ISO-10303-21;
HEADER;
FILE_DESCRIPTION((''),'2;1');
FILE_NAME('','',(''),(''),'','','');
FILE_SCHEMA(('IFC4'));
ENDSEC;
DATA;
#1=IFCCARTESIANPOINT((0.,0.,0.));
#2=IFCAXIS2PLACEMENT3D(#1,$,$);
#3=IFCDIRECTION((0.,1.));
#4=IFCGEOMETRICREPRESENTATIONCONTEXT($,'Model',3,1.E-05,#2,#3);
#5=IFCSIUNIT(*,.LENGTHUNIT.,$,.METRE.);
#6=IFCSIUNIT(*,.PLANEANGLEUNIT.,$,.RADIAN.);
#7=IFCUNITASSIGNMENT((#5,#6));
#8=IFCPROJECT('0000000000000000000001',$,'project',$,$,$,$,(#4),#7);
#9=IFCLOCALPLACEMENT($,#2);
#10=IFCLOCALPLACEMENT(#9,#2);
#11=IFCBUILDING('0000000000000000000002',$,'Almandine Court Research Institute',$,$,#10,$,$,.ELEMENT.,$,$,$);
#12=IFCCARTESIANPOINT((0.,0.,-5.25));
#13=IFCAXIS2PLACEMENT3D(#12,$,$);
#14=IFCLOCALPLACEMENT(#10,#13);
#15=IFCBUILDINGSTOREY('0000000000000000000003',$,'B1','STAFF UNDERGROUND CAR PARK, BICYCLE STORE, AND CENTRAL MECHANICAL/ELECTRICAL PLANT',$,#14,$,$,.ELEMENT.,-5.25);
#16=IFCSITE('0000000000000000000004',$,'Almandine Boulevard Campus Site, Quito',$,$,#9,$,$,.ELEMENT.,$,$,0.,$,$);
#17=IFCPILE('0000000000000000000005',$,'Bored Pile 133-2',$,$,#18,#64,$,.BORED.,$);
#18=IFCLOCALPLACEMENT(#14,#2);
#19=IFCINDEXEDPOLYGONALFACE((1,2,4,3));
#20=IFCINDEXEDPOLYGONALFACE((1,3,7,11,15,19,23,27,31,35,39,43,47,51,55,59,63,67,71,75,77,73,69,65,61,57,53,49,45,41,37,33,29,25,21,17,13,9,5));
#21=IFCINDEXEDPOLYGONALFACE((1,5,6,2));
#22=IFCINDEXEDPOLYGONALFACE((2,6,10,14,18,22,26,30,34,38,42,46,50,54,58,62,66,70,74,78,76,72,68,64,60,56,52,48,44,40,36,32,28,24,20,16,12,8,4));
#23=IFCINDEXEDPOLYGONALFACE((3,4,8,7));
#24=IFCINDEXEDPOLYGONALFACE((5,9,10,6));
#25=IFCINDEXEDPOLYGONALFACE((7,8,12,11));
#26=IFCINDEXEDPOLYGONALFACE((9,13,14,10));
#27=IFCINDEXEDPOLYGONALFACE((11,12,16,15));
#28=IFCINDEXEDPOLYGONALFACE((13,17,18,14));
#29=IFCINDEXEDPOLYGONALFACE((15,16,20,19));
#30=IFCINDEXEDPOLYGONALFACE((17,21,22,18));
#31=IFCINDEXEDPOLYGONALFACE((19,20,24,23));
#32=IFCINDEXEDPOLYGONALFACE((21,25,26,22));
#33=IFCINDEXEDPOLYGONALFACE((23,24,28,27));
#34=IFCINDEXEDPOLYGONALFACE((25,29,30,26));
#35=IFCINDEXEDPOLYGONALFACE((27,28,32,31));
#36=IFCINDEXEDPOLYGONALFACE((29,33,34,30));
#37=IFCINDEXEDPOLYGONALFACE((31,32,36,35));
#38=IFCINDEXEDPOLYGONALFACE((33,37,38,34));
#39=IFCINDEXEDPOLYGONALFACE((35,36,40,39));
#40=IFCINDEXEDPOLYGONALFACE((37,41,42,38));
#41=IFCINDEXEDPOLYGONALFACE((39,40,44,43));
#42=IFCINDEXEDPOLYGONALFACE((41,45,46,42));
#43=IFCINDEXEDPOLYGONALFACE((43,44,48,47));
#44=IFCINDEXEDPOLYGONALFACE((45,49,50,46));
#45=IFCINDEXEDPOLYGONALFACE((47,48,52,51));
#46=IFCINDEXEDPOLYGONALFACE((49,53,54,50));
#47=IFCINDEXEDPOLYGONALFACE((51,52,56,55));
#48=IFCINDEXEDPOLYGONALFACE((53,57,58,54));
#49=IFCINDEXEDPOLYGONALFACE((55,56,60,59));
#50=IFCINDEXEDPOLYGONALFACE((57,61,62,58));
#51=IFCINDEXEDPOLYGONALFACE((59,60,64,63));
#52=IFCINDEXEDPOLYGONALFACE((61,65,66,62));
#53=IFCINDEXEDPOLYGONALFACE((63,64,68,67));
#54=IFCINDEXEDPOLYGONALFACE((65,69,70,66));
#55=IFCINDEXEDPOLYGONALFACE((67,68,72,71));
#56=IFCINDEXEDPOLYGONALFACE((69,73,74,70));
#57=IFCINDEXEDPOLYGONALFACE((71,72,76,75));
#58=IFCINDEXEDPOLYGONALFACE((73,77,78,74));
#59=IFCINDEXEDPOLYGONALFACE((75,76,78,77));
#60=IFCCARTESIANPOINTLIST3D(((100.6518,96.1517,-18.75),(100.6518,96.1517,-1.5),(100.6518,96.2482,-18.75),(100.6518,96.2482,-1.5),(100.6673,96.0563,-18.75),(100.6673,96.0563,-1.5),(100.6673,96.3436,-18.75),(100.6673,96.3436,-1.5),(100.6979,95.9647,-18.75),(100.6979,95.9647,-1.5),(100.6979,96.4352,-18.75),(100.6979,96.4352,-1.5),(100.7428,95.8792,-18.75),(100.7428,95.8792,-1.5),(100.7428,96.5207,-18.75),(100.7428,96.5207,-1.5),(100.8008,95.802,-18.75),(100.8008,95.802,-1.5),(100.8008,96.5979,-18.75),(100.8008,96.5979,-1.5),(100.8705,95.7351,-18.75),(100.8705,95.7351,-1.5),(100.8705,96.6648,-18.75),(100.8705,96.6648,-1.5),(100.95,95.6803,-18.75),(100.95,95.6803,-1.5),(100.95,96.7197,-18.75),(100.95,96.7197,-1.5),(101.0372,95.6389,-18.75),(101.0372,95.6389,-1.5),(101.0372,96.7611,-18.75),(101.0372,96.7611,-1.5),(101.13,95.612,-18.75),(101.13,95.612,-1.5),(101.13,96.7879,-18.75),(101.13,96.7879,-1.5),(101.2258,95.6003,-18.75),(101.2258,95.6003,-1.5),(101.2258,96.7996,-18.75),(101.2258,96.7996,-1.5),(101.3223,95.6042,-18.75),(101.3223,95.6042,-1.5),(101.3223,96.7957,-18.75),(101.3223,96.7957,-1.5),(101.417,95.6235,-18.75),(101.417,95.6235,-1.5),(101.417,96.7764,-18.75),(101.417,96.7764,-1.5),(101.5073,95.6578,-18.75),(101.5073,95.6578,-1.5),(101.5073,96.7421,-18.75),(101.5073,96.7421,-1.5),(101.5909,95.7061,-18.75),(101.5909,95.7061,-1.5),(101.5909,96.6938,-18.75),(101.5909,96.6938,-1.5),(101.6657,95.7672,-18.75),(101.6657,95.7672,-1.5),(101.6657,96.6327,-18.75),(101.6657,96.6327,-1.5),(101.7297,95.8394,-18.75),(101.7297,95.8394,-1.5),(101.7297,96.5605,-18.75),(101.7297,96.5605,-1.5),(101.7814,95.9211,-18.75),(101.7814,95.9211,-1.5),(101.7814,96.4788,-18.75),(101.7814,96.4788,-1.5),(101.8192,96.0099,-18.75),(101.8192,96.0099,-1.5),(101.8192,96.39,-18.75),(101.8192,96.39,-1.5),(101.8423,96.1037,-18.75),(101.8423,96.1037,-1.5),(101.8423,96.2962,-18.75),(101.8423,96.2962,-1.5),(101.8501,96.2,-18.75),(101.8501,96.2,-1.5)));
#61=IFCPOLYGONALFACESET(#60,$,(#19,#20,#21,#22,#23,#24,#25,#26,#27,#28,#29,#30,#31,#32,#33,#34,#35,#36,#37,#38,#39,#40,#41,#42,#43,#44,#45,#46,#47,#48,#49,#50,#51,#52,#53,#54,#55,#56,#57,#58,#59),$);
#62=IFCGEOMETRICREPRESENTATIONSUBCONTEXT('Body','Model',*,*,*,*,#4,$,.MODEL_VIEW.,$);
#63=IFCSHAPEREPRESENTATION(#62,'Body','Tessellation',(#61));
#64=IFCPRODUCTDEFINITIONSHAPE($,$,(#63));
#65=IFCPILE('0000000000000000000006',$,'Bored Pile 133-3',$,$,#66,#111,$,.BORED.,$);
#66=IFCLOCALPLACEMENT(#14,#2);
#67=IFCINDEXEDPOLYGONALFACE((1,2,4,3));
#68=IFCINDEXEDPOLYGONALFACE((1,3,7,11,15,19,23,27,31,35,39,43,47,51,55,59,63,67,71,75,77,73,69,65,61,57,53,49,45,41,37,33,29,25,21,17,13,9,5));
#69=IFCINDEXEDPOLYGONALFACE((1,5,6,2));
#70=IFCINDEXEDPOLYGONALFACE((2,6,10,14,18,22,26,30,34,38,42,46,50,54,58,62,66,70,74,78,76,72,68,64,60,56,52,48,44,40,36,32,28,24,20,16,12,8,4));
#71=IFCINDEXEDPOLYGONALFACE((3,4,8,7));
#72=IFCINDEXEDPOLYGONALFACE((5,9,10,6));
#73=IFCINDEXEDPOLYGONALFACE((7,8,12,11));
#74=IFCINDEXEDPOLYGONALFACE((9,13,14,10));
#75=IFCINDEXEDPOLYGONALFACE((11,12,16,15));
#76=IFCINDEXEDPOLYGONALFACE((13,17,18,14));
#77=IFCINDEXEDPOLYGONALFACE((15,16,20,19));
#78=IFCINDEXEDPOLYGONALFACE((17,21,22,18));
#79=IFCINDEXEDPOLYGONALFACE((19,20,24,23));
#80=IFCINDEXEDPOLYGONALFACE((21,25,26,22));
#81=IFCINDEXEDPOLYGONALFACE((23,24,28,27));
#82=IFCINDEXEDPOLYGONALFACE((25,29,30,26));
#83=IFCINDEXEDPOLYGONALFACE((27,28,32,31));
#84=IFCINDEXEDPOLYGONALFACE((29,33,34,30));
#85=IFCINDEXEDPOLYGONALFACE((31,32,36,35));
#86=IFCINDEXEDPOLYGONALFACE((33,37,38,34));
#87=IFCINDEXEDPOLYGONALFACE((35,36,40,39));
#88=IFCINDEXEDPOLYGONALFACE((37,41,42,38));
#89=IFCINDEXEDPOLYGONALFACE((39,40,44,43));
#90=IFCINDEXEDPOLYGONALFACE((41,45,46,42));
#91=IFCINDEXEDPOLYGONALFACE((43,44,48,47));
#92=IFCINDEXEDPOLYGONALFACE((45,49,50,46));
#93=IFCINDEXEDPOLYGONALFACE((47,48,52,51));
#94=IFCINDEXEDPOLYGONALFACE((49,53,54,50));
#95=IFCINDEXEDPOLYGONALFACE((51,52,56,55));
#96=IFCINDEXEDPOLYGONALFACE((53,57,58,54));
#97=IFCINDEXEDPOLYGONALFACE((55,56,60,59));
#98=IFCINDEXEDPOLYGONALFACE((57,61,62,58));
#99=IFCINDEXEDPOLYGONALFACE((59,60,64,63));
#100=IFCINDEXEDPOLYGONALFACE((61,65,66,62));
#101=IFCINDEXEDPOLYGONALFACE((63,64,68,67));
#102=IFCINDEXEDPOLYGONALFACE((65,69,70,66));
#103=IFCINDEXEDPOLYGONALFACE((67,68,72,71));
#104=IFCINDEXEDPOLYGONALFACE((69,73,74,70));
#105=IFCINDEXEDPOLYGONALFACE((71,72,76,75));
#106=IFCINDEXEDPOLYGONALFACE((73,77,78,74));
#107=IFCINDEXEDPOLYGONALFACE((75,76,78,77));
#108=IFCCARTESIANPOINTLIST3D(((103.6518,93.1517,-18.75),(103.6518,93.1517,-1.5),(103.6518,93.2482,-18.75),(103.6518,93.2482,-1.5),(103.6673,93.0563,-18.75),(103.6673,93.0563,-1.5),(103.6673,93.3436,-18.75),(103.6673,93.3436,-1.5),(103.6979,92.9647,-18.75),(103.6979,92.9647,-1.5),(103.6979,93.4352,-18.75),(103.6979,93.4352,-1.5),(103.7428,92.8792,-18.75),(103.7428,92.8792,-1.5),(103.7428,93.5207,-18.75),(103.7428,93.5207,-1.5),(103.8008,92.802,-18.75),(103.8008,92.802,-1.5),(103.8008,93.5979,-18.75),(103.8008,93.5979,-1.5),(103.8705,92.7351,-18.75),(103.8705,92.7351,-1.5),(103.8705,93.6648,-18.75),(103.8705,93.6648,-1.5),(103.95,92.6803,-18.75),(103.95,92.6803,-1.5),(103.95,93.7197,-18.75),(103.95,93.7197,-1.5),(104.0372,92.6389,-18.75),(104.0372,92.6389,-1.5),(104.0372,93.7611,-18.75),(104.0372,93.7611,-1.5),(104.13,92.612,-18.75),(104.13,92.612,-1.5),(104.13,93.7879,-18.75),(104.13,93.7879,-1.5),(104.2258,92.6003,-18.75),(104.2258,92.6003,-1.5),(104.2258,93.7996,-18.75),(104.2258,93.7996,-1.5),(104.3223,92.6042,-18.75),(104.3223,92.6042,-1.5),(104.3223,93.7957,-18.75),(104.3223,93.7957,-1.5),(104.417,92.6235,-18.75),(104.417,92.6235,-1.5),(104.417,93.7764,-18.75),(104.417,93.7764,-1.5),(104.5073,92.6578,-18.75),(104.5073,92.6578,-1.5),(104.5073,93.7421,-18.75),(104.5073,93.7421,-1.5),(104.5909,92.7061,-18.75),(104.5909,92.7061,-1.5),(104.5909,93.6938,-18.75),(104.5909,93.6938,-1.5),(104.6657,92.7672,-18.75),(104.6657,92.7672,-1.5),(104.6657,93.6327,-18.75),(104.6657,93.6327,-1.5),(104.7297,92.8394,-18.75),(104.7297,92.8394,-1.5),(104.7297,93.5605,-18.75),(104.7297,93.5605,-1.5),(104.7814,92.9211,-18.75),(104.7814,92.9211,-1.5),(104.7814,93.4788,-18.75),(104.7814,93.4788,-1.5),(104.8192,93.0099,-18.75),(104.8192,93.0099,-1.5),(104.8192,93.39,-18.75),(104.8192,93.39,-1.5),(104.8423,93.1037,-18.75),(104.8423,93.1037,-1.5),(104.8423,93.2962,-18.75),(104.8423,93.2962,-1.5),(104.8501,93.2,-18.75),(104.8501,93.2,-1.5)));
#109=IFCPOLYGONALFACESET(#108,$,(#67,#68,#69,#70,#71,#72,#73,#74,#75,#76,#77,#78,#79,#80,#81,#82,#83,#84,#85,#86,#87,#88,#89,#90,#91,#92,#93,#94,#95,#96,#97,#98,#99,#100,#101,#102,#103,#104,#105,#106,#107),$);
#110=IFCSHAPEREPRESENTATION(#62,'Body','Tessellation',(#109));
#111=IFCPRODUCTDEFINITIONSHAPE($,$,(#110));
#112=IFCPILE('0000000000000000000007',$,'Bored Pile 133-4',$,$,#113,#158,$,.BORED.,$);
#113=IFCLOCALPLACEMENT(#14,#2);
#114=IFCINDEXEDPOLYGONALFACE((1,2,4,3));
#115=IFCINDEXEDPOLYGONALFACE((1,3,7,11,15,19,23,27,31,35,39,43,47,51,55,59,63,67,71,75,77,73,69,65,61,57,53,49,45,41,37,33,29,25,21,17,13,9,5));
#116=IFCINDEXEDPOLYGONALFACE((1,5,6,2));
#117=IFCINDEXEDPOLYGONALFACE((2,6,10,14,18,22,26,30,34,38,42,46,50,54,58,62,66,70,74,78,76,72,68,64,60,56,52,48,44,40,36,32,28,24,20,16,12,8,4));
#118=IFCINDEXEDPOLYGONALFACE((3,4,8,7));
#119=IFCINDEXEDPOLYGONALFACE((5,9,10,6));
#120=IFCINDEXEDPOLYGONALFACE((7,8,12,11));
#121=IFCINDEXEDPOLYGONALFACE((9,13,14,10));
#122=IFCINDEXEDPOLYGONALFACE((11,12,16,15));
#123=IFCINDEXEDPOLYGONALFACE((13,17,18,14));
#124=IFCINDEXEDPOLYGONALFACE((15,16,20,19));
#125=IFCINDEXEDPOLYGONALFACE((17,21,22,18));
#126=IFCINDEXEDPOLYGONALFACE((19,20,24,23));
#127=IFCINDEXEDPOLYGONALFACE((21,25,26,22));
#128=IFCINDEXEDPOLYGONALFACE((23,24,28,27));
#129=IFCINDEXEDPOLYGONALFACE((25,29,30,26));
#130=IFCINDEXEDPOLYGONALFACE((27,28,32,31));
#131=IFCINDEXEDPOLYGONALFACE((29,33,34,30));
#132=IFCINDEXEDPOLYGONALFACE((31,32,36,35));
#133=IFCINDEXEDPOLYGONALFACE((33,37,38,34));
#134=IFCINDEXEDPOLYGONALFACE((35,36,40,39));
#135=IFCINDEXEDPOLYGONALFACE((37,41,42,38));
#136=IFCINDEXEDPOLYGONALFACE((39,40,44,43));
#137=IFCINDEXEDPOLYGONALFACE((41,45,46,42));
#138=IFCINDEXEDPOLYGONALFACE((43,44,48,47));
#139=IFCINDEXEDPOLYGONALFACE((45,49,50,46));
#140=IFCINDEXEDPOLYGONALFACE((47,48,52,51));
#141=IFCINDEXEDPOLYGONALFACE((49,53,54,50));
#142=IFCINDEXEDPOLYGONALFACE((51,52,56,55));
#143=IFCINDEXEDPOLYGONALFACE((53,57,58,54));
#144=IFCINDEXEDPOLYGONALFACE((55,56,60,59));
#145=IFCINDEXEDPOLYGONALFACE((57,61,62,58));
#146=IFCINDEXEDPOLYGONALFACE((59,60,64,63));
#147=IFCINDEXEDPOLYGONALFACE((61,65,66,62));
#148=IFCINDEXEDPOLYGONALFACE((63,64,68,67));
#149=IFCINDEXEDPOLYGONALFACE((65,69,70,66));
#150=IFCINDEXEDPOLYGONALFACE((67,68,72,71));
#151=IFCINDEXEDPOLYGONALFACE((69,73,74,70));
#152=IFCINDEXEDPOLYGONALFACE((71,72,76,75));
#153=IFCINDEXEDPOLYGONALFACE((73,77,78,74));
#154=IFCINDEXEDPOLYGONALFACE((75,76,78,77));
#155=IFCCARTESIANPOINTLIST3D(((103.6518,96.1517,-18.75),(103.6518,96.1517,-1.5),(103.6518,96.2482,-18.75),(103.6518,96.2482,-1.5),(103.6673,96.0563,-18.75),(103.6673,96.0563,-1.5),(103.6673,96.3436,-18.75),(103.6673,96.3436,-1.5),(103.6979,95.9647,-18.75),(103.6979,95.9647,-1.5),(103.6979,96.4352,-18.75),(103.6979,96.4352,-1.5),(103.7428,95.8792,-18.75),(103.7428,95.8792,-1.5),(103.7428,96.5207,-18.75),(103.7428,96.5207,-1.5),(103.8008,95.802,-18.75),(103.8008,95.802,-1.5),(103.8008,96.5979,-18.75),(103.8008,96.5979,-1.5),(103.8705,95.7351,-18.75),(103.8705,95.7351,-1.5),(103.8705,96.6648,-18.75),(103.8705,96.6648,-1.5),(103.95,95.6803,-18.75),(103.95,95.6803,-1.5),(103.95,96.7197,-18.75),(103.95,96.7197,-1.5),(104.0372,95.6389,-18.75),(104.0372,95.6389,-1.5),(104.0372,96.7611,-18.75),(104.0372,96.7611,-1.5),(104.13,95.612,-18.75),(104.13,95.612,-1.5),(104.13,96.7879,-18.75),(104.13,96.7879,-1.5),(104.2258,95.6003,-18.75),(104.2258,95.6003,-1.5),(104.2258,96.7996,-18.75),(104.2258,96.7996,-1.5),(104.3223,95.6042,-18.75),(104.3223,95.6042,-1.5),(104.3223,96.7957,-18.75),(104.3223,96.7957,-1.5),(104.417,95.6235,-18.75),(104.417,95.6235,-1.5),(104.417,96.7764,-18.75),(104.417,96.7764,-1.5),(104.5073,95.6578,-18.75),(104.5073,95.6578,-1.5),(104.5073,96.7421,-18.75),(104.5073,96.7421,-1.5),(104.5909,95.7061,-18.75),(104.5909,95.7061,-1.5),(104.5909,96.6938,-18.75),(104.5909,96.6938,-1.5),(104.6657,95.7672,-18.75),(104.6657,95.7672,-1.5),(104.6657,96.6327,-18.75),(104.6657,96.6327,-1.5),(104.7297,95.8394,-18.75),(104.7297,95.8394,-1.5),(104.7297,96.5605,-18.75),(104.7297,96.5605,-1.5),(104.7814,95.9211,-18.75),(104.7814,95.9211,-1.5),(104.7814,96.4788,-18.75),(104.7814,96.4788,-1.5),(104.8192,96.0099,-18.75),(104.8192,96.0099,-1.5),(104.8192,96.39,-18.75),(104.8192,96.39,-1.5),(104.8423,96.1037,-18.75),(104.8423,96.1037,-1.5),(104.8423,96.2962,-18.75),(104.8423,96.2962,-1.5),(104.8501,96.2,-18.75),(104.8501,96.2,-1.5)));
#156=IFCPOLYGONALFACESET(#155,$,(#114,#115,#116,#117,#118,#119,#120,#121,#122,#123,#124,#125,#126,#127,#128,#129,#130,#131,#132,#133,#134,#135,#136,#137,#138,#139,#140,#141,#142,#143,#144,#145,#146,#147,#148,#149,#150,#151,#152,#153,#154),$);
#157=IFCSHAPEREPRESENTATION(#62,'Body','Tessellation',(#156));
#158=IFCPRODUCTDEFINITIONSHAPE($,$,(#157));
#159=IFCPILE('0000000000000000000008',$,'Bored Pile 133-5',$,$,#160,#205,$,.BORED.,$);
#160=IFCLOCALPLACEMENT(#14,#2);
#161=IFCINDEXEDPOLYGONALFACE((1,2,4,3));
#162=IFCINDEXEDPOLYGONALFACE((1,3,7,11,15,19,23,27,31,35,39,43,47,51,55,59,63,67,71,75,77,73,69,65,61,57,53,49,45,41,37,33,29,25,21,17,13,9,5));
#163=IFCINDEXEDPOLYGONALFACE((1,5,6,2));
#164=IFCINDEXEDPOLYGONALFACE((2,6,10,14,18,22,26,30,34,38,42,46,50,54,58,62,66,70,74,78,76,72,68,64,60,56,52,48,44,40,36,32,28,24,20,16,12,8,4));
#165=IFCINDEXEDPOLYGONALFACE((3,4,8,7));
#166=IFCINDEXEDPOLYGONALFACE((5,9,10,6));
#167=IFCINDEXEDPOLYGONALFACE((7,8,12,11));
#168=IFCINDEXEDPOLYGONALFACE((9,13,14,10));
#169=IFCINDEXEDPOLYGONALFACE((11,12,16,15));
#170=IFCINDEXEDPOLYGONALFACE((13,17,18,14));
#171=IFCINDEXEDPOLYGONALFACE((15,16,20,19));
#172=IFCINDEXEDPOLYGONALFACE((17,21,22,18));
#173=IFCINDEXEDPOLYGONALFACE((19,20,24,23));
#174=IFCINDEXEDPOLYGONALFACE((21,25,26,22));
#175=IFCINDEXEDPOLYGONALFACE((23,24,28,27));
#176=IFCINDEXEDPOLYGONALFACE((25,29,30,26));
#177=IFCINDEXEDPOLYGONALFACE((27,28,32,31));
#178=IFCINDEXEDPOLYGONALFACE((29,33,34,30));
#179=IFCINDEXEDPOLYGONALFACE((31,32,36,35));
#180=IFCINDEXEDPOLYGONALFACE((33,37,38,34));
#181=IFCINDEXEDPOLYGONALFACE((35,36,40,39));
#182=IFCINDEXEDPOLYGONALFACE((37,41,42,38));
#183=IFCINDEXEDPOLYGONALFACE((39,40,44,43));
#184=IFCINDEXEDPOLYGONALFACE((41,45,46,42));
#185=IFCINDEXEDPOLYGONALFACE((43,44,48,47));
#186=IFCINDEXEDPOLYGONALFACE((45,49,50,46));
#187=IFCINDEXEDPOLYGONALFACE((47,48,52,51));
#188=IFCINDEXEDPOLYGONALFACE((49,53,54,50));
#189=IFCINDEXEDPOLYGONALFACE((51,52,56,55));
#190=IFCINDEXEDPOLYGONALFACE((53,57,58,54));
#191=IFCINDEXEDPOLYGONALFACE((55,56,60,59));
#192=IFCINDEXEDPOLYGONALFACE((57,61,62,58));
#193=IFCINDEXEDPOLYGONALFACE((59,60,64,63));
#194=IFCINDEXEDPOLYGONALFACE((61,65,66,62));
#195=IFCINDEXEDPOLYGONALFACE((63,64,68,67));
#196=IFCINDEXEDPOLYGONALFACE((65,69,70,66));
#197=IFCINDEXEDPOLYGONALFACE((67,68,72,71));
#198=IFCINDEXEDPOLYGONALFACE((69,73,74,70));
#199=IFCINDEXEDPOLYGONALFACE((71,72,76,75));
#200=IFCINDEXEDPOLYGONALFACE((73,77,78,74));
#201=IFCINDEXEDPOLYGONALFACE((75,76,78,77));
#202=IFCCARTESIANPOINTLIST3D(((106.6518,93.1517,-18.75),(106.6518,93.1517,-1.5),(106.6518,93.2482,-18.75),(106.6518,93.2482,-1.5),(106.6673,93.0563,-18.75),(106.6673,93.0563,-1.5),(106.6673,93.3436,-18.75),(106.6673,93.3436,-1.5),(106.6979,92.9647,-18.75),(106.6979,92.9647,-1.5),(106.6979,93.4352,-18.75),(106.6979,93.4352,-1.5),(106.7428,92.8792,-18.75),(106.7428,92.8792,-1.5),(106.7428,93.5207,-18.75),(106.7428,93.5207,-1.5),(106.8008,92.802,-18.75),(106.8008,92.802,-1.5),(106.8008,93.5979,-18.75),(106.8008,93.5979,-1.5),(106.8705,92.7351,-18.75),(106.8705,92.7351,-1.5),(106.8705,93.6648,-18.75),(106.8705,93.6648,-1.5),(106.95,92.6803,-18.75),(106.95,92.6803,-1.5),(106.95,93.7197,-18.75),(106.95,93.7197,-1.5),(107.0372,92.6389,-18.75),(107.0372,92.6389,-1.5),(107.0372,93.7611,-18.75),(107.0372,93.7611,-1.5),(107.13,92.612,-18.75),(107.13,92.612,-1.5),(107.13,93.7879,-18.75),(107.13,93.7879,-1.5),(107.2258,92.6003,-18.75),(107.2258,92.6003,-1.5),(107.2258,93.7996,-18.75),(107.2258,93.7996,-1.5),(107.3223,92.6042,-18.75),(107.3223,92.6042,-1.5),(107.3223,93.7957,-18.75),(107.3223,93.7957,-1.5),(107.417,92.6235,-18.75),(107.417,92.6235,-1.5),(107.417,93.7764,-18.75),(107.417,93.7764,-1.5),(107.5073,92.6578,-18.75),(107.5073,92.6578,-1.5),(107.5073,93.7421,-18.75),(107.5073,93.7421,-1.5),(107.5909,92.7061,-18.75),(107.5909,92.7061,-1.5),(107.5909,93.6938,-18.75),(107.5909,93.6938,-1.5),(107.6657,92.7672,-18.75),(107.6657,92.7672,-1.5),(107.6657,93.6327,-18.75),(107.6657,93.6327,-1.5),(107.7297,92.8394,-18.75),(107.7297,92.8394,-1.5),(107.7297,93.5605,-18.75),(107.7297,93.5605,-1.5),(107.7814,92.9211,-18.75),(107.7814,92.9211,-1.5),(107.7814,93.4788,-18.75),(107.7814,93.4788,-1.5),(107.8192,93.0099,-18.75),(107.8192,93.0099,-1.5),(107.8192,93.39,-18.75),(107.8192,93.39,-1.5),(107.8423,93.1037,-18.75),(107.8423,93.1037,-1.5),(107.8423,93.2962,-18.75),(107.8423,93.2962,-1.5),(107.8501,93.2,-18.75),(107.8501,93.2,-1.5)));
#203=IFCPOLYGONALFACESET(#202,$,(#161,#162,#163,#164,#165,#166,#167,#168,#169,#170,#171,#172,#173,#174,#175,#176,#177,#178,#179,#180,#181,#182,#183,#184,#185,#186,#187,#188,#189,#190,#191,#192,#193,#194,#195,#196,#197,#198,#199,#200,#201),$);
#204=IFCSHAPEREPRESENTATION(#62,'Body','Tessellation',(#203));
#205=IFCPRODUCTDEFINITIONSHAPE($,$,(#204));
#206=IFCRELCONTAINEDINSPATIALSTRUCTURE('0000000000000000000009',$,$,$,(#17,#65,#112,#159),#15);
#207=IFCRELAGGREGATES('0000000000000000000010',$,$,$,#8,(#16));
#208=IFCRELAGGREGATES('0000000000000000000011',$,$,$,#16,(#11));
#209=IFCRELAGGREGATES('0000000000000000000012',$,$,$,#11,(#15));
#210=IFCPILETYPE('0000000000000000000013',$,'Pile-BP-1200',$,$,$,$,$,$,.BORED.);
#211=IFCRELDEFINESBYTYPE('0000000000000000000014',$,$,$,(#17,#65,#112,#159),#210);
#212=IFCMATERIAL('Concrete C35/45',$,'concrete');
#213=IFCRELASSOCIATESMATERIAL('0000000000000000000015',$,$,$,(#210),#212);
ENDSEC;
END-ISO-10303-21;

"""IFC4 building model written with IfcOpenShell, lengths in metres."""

from ifc_helpers import new_model, si_unit, direction, frame, origin, origin_2d, place, context, subcontext, project, spatial, circle, extrude, material, material_profile, profile_set, type_object, element, save


model = new_model("IFC4")

# Units and contexts
model_context = context("Model", 3, precision=1e-05, world=origin(), true_north=direction((0.0, 1.0)))
body_context = subcontext(model_context, "Body", "Model", "MODEL_VIEW")
ifc_project = project(units=[si_unit("LENGTHUNIT", "METRE"), si_unit("PLANEANGLEUNIT", "RADIAN")], contexts=[model_context])

# Site, building, storey
site_placement = place(None, origin())
site = spatial("IfcSite", under=ifc_project, at=site_placement, Name="Almandine Boulevard Campus Site, Quito", CompositionType="ELEMENT", RefElevation=0.0)
building_placement = place(site_placement, origin())
building = spatial("IfcBuilding", under=site, at=building_placement, Name="Almandine Court Research Institute", CompositionType="ELEMENT")
storey_placement = place(building_placement, frame((0.0, 0.0, -5.25)))
storey = spatial("IfcBuildingStorey", under=building, at=storey_placement, Name="B1", Description="STAFF UNDERGROUND CAR PARK, BICYCLE STORE, AND CENTRAL MECHANICAL/ELECTRICAL PLANT", CompositionType="ELEMENT", Elevation=-5.25)

# Shared definitions
ifc_material_1 = material(Name="Concrete C35/45", Category="concrete")

# Piles
ifc_material_profile_1 = material_profile(ifc_material_1, circle(Radius=0.6001, at=origin_2d()), Name="BORED PILE D1200")
ifc_profile_set_1 = profile_set([ifc_material_profile_1], Name="Concrete C35/45")
pile_type_1 = type_object("IfcPileType", Name="Pile-BP-1200", PredefinedType="BORED", material=ifc_profile_set_1)
for number, where, z_axis, x_axis, name in (
    (1, (101.25, 96.2, -1.5), (0.0, 0.0, -1.0), (1.0, 0.0, 0.0), "Bored Pile 133-2"),
    (2, (104.25, 93.2, -1.5), (0.0, 0.0, -1.0), (1.0, 0.0, 0.0), "Bored Pile 133-3"),
    (3, (104.25, 96.2, -1.5), (0.0, 0.0, -1.0), (1.0, 0.0, 0.0), "Bored Pile 133-4"),
    (4, (107.25, 93.2, -1.5), (0.0, 0.0, -1.0), (1.0, 0.0, 0.0), "Bored Pile 133-5"),
):
    element("IfcPile", number, at=place(storey_placement, frame(where, z_axis=z_axis, x_axis=x_axis)), inside=storey, type_object=pile_type_1, Name=name, PredefinedType="BORED", context=body_context, shape_type="SweptSolid", body=[
        extrude(circle(Radius=0.6001, at=origin_2d()), origin(), (0.0, 0.0, 1.0), 17.25),
    ])

save(model, "model.ifc")
